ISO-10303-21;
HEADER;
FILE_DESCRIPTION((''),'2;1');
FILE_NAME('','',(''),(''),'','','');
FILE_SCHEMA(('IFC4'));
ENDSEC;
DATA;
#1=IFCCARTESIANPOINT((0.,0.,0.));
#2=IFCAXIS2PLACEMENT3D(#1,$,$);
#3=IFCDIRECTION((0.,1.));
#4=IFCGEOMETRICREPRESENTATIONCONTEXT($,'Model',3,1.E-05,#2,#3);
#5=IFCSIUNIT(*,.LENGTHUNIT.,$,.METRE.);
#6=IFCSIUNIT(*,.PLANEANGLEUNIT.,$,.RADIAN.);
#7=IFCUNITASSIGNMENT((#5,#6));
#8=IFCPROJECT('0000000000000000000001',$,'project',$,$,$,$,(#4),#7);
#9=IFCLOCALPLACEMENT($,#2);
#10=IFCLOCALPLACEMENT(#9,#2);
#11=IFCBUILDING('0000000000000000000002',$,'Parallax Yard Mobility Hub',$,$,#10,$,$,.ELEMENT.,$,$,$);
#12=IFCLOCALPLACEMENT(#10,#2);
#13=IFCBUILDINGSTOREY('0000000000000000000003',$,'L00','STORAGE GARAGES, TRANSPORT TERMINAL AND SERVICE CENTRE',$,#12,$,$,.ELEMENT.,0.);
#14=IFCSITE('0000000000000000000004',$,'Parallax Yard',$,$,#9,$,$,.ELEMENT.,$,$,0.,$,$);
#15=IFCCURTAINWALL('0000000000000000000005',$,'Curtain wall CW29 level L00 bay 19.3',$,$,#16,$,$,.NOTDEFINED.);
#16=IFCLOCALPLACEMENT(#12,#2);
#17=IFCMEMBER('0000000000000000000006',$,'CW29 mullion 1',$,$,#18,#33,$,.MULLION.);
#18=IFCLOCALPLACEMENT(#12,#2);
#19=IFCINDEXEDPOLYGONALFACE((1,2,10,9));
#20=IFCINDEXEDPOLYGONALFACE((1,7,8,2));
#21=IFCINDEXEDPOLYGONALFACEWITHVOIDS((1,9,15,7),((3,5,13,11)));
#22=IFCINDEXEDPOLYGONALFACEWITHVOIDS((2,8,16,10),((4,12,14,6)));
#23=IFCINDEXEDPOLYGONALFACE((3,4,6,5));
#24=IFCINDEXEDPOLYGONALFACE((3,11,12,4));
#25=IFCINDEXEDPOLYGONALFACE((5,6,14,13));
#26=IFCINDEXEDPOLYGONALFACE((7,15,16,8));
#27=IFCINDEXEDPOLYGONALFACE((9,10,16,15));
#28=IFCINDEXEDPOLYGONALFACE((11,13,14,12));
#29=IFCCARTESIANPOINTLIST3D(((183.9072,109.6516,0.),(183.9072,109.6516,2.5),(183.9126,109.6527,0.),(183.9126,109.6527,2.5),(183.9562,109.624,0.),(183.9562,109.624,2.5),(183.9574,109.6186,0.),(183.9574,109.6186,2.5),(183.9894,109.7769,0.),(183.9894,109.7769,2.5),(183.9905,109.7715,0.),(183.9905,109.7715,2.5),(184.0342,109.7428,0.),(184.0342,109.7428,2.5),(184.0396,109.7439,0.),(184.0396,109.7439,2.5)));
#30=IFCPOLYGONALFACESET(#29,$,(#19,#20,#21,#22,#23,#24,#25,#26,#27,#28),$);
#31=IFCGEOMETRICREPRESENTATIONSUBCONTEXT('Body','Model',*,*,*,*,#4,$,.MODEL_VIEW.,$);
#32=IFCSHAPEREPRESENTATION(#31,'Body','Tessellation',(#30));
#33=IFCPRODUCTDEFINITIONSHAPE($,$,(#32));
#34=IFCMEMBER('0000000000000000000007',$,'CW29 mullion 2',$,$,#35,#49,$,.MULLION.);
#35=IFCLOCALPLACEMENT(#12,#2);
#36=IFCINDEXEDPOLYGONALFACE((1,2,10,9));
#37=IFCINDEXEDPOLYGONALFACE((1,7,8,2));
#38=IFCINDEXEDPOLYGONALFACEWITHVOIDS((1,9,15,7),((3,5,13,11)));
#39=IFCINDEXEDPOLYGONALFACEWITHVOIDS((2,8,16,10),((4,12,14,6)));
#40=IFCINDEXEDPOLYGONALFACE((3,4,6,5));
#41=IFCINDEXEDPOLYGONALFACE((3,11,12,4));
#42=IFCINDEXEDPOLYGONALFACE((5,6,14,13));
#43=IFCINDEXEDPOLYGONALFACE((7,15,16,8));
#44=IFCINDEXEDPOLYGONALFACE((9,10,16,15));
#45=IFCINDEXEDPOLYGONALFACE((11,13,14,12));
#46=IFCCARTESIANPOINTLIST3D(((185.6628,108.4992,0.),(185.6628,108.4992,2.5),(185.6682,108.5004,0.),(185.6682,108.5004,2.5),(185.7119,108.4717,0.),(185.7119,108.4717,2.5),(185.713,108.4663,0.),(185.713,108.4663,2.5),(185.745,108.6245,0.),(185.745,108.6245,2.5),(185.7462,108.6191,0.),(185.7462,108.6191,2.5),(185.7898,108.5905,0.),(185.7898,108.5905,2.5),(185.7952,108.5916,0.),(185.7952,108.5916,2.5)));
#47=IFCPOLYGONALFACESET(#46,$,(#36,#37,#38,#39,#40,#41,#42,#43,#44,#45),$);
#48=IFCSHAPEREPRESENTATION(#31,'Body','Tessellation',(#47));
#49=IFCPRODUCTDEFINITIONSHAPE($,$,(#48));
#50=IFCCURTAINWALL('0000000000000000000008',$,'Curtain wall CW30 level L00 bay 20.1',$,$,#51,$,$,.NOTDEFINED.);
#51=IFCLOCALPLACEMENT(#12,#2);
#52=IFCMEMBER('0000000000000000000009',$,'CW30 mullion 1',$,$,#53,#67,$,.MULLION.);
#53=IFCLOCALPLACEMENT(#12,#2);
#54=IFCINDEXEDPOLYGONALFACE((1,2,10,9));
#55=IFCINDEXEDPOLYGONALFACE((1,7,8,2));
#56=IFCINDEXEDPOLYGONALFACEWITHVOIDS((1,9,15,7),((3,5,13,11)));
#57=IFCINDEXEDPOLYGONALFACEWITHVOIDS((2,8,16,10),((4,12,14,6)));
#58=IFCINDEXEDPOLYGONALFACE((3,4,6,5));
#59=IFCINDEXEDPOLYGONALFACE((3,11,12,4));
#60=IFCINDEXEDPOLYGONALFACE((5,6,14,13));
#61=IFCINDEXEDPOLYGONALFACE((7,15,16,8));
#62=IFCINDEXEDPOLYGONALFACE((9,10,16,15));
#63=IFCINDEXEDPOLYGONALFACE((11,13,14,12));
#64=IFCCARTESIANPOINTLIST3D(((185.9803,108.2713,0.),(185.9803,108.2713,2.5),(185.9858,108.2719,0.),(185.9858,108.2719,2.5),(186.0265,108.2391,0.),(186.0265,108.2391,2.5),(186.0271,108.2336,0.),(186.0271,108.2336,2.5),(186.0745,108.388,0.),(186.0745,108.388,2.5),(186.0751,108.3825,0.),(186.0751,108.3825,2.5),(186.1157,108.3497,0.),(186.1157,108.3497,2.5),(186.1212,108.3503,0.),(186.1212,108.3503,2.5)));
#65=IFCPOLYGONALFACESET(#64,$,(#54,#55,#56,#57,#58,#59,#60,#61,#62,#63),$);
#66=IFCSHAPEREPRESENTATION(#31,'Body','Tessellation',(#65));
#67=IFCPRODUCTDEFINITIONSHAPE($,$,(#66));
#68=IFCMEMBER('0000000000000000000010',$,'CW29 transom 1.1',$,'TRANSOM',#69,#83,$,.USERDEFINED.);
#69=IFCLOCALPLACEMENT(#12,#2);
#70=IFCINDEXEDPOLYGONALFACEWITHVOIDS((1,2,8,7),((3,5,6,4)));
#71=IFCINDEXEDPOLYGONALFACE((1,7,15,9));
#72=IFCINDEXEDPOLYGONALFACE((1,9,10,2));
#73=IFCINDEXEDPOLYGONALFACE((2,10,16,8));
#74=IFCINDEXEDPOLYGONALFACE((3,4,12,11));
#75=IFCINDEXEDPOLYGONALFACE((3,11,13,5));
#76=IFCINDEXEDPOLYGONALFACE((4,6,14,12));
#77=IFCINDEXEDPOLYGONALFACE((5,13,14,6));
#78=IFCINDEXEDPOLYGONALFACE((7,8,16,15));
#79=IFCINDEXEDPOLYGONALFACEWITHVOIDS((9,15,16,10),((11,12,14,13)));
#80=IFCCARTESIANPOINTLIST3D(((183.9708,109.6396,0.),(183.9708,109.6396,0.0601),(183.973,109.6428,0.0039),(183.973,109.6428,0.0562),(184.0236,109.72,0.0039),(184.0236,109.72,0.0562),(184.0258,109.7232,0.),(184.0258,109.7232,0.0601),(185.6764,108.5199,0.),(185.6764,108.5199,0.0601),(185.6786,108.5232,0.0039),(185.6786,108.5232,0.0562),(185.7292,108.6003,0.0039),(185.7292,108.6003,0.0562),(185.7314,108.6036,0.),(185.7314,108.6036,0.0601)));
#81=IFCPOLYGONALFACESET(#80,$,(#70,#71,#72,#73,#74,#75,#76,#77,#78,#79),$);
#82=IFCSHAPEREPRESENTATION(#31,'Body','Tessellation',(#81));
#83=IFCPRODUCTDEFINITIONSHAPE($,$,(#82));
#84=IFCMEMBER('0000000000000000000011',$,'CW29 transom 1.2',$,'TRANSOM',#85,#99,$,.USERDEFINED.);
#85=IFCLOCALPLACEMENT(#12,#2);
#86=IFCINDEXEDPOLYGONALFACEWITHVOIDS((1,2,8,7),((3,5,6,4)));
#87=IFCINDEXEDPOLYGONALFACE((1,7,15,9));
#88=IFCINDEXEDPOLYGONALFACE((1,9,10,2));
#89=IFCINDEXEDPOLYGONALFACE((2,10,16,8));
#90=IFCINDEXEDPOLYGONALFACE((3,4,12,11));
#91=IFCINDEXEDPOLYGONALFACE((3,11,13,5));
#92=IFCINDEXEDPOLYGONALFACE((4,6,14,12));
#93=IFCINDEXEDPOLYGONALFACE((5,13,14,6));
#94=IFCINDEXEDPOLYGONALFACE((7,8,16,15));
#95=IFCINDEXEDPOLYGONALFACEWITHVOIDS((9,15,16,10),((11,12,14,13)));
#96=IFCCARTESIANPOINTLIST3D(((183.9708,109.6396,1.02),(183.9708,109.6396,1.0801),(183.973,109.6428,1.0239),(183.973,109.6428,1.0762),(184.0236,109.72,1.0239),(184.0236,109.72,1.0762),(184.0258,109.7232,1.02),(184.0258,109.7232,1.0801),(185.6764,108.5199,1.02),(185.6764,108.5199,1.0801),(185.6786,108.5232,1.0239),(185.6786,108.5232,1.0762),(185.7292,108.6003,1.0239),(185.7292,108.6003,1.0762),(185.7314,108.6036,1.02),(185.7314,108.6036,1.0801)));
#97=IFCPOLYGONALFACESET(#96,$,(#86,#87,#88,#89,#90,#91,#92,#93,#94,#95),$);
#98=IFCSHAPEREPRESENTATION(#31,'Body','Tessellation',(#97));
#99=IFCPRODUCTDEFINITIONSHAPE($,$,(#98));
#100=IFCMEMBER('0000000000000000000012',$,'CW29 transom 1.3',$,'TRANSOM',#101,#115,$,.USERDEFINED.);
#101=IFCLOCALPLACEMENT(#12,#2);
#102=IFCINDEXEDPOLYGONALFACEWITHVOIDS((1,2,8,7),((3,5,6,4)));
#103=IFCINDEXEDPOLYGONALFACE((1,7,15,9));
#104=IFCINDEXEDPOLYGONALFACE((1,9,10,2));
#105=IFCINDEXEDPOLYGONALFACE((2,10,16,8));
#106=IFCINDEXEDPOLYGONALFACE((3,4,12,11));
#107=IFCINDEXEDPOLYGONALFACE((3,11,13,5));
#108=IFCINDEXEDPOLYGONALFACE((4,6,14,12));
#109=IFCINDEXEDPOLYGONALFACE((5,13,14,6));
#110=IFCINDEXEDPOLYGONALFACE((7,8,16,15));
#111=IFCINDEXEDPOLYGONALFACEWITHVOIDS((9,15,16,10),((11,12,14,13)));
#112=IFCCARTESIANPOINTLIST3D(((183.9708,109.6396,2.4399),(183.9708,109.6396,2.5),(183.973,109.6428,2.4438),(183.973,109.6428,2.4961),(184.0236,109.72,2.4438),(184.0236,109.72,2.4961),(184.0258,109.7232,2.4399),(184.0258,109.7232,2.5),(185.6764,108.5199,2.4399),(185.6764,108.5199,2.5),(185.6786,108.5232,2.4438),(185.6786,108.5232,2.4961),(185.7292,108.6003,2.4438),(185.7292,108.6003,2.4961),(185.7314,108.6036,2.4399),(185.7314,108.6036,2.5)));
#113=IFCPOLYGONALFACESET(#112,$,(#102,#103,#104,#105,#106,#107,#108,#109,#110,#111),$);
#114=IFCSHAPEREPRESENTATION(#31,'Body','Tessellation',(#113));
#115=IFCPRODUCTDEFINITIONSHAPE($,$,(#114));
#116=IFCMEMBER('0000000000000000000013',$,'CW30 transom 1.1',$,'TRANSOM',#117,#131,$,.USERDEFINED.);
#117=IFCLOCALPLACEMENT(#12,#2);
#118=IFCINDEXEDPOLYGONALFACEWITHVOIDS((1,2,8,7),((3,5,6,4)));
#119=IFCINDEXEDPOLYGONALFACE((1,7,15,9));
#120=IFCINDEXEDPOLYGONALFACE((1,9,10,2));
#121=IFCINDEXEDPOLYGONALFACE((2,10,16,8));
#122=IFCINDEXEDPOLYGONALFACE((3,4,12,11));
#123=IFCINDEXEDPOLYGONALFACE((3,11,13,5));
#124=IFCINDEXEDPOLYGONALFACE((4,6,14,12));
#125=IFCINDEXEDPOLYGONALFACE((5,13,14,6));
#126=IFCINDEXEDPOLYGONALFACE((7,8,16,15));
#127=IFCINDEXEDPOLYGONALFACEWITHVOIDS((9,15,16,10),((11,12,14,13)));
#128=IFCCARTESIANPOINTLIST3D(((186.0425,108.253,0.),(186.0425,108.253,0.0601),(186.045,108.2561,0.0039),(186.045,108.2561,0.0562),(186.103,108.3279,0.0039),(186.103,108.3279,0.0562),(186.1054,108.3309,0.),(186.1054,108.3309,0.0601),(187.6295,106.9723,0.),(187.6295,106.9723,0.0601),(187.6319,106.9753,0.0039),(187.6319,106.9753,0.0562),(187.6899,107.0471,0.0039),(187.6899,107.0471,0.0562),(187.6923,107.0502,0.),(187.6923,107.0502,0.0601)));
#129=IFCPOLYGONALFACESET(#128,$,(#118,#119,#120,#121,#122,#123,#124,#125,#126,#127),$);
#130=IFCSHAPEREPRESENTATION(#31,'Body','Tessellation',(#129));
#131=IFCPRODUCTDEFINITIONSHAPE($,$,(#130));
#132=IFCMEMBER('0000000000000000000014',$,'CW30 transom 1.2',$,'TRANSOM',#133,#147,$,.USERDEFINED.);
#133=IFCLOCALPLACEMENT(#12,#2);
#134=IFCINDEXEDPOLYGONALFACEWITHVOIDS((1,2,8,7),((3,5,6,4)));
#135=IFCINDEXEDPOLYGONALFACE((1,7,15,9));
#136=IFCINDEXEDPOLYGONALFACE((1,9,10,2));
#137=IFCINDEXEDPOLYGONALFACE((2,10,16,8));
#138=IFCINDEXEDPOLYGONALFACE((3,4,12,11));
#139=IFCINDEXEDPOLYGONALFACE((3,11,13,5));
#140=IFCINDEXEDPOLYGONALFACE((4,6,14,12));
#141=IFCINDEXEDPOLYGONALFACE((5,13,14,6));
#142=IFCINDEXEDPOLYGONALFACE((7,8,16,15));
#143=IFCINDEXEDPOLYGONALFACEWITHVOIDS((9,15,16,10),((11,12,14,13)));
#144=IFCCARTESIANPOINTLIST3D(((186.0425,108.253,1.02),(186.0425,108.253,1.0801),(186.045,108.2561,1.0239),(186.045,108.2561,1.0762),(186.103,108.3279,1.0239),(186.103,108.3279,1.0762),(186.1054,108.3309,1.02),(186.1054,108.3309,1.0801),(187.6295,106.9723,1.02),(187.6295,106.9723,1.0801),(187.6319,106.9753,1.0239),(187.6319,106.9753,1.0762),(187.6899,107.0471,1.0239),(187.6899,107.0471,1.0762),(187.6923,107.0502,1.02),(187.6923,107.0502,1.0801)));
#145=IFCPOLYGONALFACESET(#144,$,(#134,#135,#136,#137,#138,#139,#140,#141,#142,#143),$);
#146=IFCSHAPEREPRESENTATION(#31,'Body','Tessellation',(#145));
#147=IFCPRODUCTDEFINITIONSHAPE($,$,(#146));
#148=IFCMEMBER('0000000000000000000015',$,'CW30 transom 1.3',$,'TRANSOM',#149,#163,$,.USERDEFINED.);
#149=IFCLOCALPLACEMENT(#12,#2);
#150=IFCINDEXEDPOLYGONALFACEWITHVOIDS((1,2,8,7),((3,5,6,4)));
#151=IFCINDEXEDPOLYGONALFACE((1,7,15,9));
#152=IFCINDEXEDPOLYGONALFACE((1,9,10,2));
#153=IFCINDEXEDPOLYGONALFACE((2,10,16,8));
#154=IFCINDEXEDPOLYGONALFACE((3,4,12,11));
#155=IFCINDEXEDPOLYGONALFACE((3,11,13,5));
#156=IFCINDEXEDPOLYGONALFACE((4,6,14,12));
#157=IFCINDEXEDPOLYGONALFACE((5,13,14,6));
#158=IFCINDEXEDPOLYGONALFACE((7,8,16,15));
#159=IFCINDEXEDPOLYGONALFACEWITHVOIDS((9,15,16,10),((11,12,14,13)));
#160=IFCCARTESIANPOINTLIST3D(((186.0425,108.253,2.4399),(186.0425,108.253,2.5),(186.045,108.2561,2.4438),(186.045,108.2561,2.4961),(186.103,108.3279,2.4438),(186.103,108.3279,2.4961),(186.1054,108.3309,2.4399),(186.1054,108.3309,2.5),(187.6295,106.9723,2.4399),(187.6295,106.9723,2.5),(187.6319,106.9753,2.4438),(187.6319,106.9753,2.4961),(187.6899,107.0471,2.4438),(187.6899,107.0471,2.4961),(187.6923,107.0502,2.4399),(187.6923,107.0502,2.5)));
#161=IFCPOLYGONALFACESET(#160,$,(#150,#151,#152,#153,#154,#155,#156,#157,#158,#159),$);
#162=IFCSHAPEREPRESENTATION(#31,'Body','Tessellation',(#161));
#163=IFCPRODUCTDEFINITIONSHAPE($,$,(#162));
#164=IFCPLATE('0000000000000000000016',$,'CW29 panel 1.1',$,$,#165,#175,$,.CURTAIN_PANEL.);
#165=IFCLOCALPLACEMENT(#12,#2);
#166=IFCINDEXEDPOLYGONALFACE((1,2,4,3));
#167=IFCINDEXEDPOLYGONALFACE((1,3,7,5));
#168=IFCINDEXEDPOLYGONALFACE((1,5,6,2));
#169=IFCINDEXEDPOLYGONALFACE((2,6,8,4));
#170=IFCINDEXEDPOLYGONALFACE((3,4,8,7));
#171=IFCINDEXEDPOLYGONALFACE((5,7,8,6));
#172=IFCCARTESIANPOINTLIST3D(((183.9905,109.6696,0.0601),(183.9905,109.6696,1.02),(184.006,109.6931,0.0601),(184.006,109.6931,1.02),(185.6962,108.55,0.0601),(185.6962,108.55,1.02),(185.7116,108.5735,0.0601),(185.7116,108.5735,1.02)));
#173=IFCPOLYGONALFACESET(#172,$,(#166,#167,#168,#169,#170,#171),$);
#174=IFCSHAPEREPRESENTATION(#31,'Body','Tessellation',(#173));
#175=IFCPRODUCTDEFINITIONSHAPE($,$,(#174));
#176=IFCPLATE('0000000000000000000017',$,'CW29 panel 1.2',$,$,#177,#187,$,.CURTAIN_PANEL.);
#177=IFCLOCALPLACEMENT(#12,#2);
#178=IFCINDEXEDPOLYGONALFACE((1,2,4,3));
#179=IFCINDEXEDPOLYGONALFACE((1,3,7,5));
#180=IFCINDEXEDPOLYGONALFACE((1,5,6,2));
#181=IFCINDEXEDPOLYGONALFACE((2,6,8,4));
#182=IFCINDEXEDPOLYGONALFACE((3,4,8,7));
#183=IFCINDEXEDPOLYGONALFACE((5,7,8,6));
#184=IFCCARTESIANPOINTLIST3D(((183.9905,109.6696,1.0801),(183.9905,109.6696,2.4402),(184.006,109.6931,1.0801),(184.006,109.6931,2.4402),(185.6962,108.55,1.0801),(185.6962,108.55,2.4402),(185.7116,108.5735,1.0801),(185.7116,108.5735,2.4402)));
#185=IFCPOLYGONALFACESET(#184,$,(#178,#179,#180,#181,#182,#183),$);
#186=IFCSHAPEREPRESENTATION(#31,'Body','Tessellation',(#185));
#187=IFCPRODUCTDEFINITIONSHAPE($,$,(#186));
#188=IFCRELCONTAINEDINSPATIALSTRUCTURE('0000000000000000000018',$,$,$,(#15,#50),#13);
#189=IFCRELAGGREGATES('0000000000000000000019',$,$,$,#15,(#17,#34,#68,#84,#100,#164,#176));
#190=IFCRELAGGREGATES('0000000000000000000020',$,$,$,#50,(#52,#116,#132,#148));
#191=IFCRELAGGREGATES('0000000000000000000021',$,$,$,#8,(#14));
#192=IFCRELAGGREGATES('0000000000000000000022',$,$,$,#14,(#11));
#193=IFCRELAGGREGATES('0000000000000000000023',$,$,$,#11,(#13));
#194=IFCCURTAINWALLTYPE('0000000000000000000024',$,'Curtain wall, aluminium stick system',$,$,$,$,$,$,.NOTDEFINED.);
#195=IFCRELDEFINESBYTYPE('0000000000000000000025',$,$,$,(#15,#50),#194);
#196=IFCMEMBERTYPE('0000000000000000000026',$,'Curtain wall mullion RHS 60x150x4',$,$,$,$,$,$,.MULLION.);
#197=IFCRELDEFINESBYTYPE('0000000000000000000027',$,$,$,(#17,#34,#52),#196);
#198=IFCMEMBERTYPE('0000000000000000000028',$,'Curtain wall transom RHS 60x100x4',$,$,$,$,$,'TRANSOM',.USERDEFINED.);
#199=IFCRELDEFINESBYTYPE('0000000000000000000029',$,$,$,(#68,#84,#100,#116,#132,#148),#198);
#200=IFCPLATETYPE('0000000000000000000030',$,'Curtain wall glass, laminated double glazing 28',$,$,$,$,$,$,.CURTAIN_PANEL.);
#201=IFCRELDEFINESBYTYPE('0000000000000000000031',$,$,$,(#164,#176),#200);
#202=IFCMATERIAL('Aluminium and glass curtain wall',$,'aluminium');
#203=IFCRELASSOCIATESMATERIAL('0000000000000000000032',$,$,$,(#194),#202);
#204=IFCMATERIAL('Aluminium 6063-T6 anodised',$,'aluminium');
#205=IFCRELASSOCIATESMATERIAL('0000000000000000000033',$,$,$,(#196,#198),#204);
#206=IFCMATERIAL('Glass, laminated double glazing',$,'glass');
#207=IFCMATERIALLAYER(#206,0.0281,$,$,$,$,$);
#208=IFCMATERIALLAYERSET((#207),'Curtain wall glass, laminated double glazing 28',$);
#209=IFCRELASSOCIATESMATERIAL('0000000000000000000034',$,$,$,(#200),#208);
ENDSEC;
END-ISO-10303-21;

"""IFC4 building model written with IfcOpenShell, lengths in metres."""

from ifc_helpers import new_model, si_unit, direction, frame, origin, origin_2d, place, context, subcontext, project, spatial, rectangle, hollow_rectangle, extrude, material, layer, layer_set, material_profile, profile_set, type_object, element, aggregate, save


model = new_model("IFC4")

# Units and contexts
model_context = context("Model", 3, precision=1e-05, world=origin(), true_north=direction((0.0, 1.0)))
body_context = subcontext(model_context, "Body", "Model", "MODEL_VIEW")
ifc_project = project(units=[si_unit("LENGTHUNIT", "METRE"), si_unit("PLANEANGLEUNIT", "RADIAN")], contexts=[model_context])

# Site, building, storey
site_placement = place(None, origin())
site = spatial("IfcSite", under=ifc_project, at=site_placement, Name="Parallax Yard", CompositionType="ELEMENT", RefElevation=0.0)
building_placement = place(site_placement, origin())
building = spatial("IfcBuilding", under=site, at=building_placement, Name="Parallax Yard Mobility Hub", CompositionType="ELEMENT")
storey_placement = place(building_placement, origin())
storey = spatial("IfcBuildingStorey", under=building, at=storey_placement, Name="L00", Description="STORAGE GARAGES, TRANSPORT TERMINAL AND SERVICE CENTRE", CompositionType="ELEMENT", Elevation=0.0)

# Shared definitions
ifc_material_1 = material(Name="Aluminium and glass curtain wall", Category="aluminium")
curtain_wall_type = type_object("IfcCurtainWallType", Name="Curtain wall, aluminium stick system", PredefinedType="NOTDEFINED", material=ifc_material_1)
ifc_material_2 = material(Name="Aluminium 6063-T6 anodised", Category="aluminium")
ifc_material_profile_1 = material_profile(ifc_material_2, hollow_rectangle(XDim=0.1499, YDim=0.0601, WallThickness=0.0039, at=origin_2d()), Name="RHS 60x150x4")
ifc_profile_set_1 = profile_set([ifc_material_profile_1], Name="Aluminium 6063-T6 anodised")
member_type_1 = type_object("IfcMemberType", Name="Curtain wall mullion RHS 60x150x4", PredefinedType="MULLION", material=ifc_profile_set_1)

# Curtain wall, members
curtain_wall_1_placement = place(storey_placement, origin())
curtain_wall_1 = element("IfcCurtainWall", 1, at=curtain_wall_1_placement, inside=storey, type_object=curtain_wall_type, Name="Curtain wall CW29 level L00 bay 19.3", PredefinedType="NOTDEFINED")
member_1_placement = place(storey_placement, frame((183.9734, 109.6978, 0.0), z_axis=(0.0, 0.0, 1.0), x_axis=(0.548746, 0.835989, 0.0)))
member_1 = element("IfcMember", 2, at=member_1_placement, type_object=member_type_1, Name="CW29 mullion 1", PredefinedType="MULLION", context=body_context, shape_type="SweptSolid", body=[
    extrude(hollow_rectangle(XDim=0.1499, YDim=0.0601, WallThickness=0.0039, at=origin_2d()), origin(), (0.0, 0.0, 1.0), 2.5),
])
member_2_placement = place(storey_placement, frame((185.729, 108.5454, 0.0), z_axis=(0.0, 0.0, 1.0), x_axis=(0.548746, 0.835989, 0.0)))
member_2 = element("IfcMember", 3, at=member_2_placement, type_object=member_type_1, Name="CW29 mullion 2", PredefinedType="MULLION", context=body_context, shape_type="SweptSolid", body=[
    extrude(hollow_rectangle(XDim=0.1499, YDim=0.0601, WallThickness=0.0039, at=origin_2d()), origin(), (0.0, 0.0, 1.0), 2.5),
])

# Curtain wall, member
curtain_wall_2_placement = place(storey_placement, origin())
curtain_wall_2 = element("IfcCurtainWall", 4, at=curtain_wall_2_placement, inside=storey, type_object=curtain_wall_type, Name="Curtain wall CW30 level L00 bay 20.1", PredefinedType="NOTDEFINED")
member_3_placement = place(storey_placement, frame((186.0508, 108.3108, 0.0), z_axis=(0.0, 0.0, 1.0), x_axis=(0.628067, 0.77816, 0.0)))
member_3 = element("IfcMember", 5, at=member_3_placement, type_object=member_type_1, Name="CW30 mullion 1", PredefinedType="MULLION", context=body_context, shape_type="SweptSolid", body=[
    extrude(hollow_rectangle(XDim=0.1499, YDim=0.0601, WallThickness=0.0039, at=origin_2d()), origin(), (0.0, 0.0, 1.0), 2.5),
])

# Members
ifc_material_profile_2 = material_profile(ifc_material_2, hollow_rectangle(XDim=0.1001, YDim=0.0601, WallThickness=0.0039, at=origin_2d()), Name="RHS 60x100x4")
ifc_profile_set_2 = profile_set([ifc_material_profile_2], Name="Aluminium 6063-T6 anodised")
member_type_2 = type_object("IfcMemberType", Name="Curtain wall transom RHS 60x100x4", ElementType="TRANSOM", PredefinedType="USERDEFINED", material=ifc_profile_set_2)
member_4_placement = place(storey_placement, frame((183.9983, 109.6814, 0.03), z_axis=(0.835969, -0.548777, 0.0), x_axis=(0.548777, 0.835969, 0.0)))
member_4 = element("IfcMember", 6, at=member_4_placement, type_object=member_type_2, Name="CW29 transom 1.1", ObjectType="TRANSOM", PredefinedType="USERDEFINED", context=body_context, shape_type="SweptSolid", body=[
    extrude(hollow_rectangle(XDim=0.1001, YDim=0.0601, WallThickness=0.0039, at=origin_2d()), origin(), (0.0, 0.0, 1.0), 2.0403),
])
member_5_placement = place(storey_placement, frame((183.9983, 109.6814, 1.05), z_axis=(0.835969, -0.548777, 0.0), x_axis=(0.548777, 0.835969, 0.0)))
member_5 = element("IfcMember", 7, at=member_5_placement, type_object=member_type_2, Name="CW29 transom 1.2", ObjectType="TRANSOM", PredefinedType="USERDEFINED", context=body_context, shape_type="SweptSolid", body=[
    extrude(hollow_rectangle(XDim=0.1001, YDim=0.0601, WallThickness=0.0039, at=origin_2d()), origin(), (0.0, 0.0, 1.0), 2.0403),
])
member_6_placement = place(storey_placement, frame((183.9983, 109.6814, 2.47), z_axis=(0.835969, -0.548777, 0.0), x_axis=(0.548777, 0.835969, 0.0)))
member_6 = element("IfcMember", 8, at=member_6_placement, type_object=member_type_2, Name="CW29 transom 1.3", ObjectType="TRANSOM", PredefinedType="USERDEFINED", context=body_context, shape_type="SweptSolid", body=[
    extrude(hollow_rectangle(XDim=0.1001, YDim=0.0601, WallThickness=0.0039, at=origin_2d()), origin(), (0.0, 0.0, 1.0), 2.0403),
])
member_7_placement = place(storey_placement, frame((186.074, 108.292, 0.03), z_axis=(0.778175, -0.628047, 0.0), x_axis=(0.628047, 0.778175, 0.0)))
member_7 = element("IfcMember", 9, at=member_7_placement, type_object=member_type_2, Name="CW30 transom 1.1", ObjectType="TRANSOM", PredefinedType="USERDEFINED", context=body_context, shape_type="SweptSolid", body=[
    extrude(hollow_rectangle(XDim=0.1001, YDim=0.0601, WallThickness=0.0039, at=origin_2d()), origin(), (0.0, 0.0, 1.0), 2.0393),
])
member_8_placement = place(storey_placement, frame((186.074, 108.292, 1.05), z_axis=(0.778175, -0.628047, 0.0), x_axis=(0.628047, 0.778175, 0.0)))
member_8 = element("IfcMember", 10, at=member_8_placement, type_object=member_type_2, Name="CW30 transom 1.2", ObjectType="TRANSOM", PredefinedType="USERDEFINED", context=body_context, shape_type="SweptSolid", body=[
    extrude(hollow_rectangle(XDim=0.1001, YDim=0.0601, WallThickness=0.0039, at=origin_2d()), origin(), (0.0, 0.0, 1.0), 2.0393),
])
member_9_placement = place(storey_placement, frame((186.074, 108.292, 2.47), z_axis=(0.778175, -0.628047, 0.0), x_axis=(0.628047, 0.778175, 0.0)))
member_9 = element("IfcMember", 11, at=member_9_placement, type_object=member_type_2, Name="CW30 transom 1.3", ObjectType="TRANSOM", PredefinedType="USERDEFINED", context=body_context, shape_type="SweptSolid", body=[
    extrude(hollow_rectangle(XDim=0.1001, YDim=0.0601, WallThickness=0.0039, at=origin_2d()), origin(), (0.0, 0.0, 1.0), 2.0393),
])

# Plates
ifc_material_3 = material(Name="Glass, laminated double glazing", Category="glass")
ifc_layer_1 = layer(ifc_material_3, 0.0281)
ifc_layer_set_1 = layer_set([ifc_layer_1], Name="Curtain wall glass, laminated double glazing 28")
plate_type = type_object("IfcPlateType", Name="Curtain wall glass, laminated double glazing 28", PredefinedType="CURTAIN_PANEL", material=ifc_layer_set_1)
plate_1_placement = place(storey_placement, frame((184.8511, 109.1216, 0.0601), z_axis=(0.0, 0.0, 1.0), x_axis=(0.835989, -0.548746, 0.0)))
plate_1 = element("IfcPlate", 12, at=plate_1_placement, type_object=plate_type, Name="CW29 panel 1.1", PredefinedType="CURTAIN_PANEL", context=body_context, shape_type="SweptSolid", body=[
    extrude(rectangle(XDim=2.0403, YDim=0.0281, at=origin_2d()), origin(), (0.0, 0.0, 1.0), 0.96),
])
plate_2_placement = place(storey_placement, frame((184.8511, 109.1216, 1.0801), z_axis=(0.0, 0.0, 1.0), x_axis=(0.835989, -0.548746, 0.0)))
plate_2 = element("IfcPlate", 13, at=plate_2_placement, type_object=plate_type, Name="CW29 panel 1.2", PredefinedType="CURTAIN_PANEL", context=body_context, shape_type="SweptSolid", body=[
    extrude(rectangle(XDim=2.0403, YDim=0.0281, at=origin_2d()), origin(), (0.0, 0.0, 1.0), 1.3601),
])
aggregate(curtain_wall_1, [member_1, member_2, member_4, member_5, member_6, plate_1, plate_2])
aggregate(curtain_wall_2, [member_3, member_7, member_8, member_9])

save(model, "model.ifc")
